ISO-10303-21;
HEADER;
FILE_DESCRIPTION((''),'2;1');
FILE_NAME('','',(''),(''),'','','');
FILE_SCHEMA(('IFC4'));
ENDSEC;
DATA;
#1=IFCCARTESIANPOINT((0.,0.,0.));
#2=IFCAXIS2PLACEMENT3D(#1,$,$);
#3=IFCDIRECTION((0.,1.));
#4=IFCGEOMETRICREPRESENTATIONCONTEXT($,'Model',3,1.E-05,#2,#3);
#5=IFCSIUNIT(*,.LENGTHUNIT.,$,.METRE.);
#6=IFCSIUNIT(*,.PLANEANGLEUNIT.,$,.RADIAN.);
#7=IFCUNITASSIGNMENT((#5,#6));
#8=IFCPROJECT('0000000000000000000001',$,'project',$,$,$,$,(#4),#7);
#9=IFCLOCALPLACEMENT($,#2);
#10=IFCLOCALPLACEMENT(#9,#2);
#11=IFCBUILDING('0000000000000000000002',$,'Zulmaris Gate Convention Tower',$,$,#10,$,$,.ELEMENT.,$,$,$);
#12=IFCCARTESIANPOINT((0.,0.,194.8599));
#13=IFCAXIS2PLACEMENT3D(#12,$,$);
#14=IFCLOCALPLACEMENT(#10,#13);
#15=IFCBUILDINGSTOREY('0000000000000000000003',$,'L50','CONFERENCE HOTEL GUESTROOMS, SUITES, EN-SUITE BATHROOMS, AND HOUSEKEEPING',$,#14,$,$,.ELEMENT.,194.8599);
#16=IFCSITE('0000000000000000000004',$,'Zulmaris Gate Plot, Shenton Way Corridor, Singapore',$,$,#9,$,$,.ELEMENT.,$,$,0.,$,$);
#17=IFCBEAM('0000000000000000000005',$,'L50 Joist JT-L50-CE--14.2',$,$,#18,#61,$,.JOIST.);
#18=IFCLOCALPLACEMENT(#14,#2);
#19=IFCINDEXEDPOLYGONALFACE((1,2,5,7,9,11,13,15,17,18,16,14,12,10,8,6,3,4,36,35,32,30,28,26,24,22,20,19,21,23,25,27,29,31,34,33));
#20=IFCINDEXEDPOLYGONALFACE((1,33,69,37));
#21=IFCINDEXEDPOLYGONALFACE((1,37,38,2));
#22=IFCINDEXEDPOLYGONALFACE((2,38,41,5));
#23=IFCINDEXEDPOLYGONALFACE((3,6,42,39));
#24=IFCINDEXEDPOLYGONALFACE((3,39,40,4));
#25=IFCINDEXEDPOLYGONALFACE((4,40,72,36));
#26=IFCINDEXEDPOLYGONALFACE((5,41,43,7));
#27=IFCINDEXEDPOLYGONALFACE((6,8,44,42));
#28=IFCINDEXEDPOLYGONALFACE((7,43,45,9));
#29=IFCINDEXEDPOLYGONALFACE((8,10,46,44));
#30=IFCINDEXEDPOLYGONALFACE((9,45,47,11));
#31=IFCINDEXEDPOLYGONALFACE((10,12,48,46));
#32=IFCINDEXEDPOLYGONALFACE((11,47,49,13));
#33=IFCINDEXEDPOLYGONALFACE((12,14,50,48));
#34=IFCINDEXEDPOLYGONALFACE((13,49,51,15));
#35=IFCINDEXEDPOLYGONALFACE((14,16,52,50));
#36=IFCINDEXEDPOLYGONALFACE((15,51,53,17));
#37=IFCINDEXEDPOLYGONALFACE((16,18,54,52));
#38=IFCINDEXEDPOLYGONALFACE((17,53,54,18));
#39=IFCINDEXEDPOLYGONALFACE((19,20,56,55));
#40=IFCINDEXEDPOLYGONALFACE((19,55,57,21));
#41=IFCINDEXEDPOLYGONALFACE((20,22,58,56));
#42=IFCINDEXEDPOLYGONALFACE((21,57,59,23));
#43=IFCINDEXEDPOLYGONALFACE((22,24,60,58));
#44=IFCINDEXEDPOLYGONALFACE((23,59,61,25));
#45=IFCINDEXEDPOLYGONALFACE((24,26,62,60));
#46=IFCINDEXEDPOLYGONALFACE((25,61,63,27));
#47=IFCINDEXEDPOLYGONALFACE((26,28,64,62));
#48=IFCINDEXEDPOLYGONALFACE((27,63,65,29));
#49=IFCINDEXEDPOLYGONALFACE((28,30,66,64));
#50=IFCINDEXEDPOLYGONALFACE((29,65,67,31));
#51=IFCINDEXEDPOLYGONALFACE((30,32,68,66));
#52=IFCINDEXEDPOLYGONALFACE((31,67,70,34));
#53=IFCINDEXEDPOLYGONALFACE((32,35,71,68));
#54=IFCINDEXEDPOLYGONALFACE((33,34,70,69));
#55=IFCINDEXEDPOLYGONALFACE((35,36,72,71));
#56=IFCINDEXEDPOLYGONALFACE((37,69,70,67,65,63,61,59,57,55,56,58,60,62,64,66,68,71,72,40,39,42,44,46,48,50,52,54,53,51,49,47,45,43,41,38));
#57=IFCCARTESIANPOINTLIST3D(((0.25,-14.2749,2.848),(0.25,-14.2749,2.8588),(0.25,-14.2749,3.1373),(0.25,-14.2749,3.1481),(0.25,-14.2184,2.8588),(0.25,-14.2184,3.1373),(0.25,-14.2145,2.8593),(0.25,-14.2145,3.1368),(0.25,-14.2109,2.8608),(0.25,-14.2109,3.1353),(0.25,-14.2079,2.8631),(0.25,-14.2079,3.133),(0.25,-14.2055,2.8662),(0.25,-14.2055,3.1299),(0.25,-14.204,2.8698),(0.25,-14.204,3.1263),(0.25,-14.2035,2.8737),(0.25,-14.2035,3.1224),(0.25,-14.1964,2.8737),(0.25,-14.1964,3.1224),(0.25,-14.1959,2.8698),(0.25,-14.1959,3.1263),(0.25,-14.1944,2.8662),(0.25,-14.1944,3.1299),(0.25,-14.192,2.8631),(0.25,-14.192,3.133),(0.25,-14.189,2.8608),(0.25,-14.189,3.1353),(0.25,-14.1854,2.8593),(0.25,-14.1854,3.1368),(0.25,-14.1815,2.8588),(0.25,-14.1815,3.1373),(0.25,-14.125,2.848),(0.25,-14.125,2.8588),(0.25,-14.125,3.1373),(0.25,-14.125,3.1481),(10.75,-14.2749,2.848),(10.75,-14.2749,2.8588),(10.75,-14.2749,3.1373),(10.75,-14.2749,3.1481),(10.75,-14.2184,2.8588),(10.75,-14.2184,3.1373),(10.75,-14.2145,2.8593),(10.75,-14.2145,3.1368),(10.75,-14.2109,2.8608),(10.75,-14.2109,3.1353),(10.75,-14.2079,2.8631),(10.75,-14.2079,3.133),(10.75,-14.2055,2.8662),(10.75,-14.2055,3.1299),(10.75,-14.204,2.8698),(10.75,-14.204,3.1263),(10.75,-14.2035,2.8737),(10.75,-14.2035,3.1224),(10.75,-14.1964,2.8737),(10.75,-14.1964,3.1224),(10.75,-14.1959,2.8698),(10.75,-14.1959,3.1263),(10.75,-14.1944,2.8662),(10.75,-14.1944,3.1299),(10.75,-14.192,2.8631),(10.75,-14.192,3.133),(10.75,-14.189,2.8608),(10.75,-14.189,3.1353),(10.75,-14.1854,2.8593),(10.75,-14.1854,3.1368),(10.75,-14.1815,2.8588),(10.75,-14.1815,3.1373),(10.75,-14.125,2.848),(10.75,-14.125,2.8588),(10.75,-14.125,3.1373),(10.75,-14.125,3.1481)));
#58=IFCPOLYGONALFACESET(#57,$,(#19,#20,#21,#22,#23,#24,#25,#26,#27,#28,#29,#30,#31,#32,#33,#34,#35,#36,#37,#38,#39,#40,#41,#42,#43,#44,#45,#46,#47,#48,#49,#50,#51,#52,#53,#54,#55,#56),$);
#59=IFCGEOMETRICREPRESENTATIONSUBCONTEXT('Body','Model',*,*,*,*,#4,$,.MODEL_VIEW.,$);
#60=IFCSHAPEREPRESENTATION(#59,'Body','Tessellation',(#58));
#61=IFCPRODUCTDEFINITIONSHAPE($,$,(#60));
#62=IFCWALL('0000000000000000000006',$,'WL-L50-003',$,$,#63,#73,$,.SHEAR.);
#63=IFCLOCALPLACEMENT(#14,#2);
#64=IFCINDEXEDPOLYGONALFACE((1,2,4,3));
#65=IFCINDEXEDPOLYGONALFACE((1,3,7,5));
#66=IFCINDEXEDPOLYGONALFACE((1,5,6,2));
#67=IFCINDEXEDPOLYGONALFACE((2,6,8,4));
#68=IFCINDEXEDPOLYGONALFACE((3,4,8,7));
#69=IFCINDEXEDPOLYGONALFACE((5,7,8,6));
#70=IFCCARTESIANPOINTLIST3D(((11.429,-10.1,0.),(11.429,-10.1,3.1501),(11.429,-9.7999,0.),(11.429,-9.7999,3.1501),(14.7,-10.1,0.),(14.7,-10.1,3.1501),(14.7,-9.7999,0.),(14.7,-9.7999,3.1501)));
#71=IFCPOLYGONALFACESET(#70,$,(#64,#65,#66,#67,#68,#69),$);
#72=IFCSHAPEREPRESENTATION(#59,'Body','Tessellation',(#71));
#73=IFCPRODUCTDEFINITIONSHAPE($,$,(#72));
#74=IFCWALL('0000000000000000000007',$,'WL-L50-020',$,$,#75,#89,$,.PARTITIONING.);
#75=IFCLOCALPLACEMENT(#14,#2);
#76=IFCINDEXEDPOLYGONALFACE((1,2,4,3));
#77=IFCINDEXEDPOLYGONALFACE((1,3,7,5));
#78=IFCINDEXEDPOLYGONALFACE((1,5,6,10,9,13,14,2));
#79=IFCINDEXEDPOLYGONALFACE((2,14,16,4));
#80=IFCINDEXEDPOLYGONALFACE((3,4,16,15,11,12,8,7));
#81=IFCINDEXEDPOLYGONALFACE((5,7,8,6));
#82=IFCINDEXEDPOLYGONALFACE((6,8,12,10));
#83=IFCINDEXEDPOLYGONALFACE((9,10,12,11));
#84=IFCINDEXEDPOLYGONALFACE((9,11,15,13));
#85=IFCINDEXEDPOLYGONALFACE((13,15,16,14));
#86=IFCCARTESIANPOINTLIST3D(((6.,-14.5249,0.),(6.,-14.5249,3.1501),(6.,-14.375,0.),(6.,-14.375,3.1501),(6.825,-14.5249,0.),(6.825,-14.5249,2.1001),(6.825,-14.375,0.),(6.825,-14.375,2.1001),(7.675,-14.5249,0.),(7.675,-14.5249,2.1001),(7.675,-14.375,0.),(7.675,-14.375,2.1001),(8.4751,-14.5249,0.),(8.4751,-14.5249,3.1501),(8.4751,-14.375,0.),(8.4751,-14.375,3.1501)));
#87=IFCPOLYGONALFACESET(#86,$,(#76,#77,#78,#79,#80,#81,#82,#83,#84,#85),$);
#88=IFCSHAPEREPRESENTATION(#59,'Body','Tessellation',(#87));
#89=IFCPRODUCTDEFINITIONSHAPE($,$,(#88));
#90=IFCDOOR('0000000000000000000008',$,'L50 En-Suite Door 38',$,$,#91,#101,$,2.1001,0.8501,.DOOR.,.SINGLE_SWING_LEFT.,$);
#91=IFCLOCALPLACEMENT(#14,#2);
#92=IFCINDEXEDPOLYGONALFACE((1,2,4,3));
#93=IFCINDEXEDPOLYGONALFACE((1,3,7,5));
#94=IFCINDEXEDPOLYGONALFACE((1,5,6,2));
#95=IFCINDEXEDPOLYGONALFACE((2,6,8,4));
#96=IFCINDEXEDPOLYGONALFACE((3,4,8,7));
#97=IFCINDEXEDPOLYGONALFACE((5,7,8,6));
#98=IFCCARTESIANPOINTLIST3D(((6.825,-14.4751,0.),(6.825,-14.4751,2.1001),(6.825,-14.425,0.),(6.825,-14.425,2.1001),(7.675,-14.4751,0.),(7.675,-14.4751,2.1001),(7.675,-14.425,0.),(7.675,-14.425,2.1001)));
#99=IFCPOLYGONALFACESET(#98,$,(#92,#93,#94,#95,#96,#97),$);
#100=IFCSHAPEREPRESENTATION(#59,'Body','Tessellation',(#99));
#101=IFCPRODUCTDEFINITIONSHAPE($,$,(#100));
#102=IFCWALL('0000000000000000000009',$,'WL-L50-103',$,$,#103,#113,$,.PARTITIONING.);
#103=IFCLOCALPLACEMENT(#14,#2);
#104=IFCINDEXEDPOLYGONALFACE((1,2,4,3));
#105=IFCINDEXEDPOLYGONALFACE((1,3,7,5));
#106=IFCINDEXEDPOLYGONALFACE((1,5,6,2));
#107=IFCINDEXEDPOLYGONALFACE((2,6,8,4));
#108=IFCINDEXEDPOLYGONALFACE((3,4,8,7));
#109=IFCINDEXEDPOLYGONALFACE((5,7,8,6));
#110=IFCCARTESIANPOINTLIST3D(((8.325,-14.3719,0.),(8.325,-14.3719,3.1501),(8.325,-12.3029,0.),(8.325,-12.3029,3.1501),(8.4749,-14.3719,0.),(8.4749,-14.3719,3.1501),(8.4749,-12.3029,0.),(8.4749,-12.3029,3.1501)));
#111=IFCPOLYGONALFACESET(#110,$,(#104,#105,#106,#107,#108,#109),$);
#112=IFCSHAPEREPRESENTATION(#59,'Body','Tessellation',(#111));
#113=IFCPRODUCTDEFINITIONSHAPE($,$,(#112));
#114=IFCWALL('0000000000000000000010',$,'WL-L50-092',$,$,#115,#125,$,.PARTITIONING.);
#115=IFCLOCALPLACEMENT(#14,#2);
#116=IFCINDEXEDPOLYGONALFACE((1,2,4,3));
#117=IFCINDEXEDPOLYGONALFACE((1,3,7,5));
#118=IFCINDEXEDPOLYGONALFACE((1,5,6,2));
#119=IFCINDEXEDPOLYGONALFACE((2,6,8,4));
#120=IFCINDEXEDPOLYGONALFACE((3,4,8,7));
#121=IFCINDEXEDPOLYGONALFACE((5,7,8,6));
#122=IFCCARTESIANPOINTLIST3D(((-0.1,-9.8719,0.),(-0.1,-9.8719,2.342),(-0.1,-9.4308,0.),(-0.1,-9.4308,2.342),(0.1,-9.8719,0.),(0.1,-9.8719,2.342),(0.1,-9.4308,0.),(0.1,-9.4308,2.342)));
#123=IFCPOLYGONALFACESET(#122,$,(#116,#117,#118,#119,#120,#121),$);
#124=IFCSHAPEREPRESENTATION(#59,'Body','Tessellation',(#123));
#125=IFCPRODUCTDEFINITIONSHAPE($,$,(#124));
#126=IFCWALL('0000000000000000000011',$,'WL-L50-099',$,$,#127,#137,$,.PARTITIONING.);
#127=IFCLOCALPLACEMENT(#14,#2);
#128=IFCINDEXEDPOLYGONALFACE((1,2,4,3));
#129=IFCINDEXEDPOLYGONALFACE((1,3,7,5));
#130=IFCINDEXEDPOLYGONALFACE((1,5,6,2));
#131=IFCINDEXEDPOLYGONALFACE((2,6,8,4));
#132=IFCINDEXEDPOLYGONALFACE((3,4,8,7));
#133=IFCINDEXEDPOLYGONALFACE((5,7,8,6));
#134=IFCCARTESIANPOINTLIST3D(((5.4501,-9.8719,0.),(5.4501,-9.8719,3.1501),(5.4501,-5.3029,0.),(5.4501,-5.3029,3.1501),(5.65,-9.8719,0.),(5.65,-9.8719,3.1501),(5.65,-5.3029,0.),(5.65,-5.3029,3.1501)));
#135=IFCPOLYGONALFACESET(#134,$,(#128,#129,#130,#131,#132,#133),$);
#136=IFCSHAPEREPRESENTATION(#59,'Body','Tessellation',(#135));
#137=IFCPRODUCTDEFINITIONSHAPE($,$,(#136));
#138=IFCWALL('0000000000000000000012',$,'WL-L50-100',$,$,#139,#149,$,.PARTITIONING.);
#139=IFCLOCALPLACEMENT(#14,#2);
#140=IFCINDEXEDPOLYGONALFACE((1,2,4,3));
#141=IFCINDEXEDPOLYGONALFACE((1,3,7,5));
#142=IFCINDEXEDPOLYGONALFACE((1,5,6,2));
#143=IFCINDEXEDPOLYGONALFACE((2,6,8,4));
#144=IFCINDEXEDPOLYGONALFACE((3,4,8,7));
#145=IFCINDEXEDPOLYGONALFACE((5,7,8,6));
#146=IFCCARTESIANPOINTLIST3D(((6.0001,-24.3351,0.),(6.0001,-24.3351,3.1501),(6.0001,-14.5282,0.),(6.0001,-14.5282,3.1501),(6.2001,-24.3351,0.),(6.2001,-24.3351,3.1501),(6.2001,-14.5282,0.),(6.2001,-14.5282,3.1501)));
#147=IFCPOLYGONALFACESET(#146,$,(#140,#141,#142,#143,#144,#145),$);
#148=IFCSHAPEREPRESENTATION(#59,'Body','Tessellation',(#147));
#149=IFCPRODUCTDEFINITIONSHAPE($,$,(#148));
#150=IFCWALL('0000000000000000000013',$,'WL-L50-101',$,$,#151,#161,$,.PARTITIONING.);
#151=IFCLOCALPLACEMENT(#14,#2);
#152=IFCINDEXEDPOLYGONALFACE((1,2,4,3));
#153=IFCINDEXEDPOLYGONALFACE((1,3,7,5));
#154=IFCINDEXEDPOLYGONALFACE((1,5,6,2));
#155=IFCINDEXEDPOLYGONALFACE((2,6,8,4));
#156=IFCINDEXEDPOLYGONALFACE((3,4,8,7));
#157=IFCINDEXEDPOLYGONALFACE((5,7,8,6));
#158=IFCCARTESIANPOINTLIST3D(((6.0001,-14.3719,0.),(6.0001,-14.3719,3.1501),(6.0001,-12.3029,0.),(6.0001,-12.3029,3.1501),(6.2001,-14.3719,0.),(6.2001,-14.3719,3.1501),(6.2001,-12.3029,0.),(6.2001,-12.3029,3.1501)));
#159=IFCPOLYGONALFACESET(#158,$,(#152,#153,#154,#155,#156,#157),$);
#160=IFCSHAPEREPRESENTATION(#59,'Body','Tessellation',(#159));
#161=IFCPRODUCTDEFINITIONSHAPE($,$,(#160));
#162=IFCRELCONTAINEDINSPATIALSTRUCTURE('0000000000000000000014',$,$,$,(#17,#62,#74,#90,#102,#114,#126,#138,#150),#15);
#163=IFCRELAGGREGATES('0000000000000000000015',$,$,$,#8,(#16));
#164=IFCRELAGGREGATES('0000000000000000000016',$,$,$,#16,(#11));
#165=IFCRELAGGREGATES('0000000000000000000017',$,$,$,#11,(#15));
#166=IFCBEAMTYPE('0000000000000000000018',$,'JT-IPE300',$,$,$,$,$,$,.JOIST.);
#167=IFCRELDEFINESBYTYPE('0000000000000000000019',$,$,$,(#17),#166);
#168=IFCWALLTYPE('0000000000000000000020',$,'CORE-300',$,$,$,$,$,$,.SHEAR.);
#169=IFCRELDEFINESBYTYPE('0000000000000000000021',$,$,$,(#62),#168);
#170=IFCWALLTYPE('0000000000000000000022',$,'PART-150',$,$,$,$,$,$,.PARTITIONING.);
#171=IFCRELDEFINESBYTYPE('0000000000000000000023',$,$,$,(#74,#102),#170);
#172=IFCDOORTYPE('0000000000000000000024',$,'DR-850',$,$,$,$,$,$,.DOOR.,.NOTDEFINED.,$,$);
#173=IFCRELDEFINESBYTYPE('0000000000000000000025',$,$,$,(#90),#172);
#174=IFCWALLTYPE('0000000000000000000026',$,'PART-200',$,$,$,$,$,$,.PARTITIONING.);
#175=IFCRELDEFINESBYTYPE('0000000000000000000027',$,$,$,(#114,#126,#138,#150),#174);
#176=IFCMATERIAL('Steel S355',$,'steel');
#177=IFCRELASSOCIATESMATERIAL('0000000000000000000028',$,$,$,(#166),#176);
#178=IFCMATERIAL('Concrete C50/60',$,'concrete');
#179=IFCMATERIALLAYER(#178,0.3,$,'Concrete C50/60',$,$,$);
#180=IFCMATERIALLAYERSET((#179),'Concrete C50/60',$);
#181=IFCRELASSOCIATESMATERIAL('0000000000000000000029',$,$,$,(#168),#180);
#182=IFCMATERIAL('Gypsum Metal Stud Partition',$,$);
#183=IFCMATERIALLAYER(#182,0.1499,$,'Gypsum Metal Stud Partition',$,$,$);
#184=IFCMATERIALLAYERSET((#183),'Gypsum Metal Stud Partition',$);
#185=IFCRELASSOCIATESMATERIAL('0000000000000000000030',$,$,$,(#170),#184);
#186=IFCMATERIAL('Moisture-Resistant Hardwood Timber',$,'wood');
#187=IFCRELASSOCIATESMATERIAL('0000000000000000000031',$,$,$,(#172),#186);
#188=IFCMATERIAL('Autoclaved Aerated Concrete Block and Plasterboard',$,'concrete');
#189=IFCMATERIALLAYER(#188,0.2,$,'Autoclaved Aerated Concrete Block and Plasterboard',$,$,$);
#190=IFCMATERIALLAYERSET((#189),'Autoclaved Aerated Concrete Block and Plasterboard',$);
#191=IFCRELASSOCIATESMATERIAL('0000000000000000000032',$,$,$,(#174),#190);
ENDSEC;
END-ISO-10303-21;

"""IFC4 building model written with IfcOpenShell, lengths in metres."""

from ifc_helpers import new_model, si_unit, direction, frame, frame_2d, origin, origin_2d, place, context, subcontext, project, spatial, rectangle, i_section, extrude, material, layer, layer_set, material_profile, profile_set, type_object, element, fill, save


model = new_model("IFC4")

# Units and contexts
model_context = context("Model", 3, precision=1e-05, world=origin(), true_north=direction((0.0, 1.0)))
body_context = subcontext(model_context, "Body", "Model", "MODEL_VIEW")
ifc_project = project(units=[si_unit("LENGTHUNIT", "METRE"), si_unit("PLANEANGLEUNIT", "RADIAN")], contexts=[model_context])

# Site, building, storey
site_placement = place(None, origin())
site = spatial("IfcSite", under=ifc_project, at=site_placement, Name="Zulmaris Gate Plot, Shenton Way Corridor, Singapore", CompositionType="ELEMENT", RefElevation=0.0)
building_placement = place(site_placement, origin())
building = spatial("IfcBuilding", under=site, at=building_placement, Name="Zulmaris Gate Convention Tower", CompositionType="ELEMENT")
storey_placement = place(building_placement, frame((0.0, 0.0, 194.8599)))
storey = spatial("IfcBuildingStorey", under=building, at=storey_placement, Name="L50", Description="CONFERENCE HOTEL GUESTROOMS, SUITES, EN-SUITE BATHROOMS, AND HOUSEKEEPING", CompositionType="ELEMENT", Elevation=194.8599)

# Beam
ifc_material_1 = material(Name="Steel S355", Category="steel")
ifc_material_2 = material(Name="Concrete C50/60", Category="concrete")
ifc_material_profile_1 = material_profile(ifc_material_1, i_section(OverallWidth=0.1499, OverallDepth=0.3, WebThickness=0.0071, FlangeThickness=0.0107, FilletRadius=0.0149, at=origin_2d()), Name="IPE 300")
ifc_profile_set_1 = profile_set([ifc_material_profile_1], Name="Steel S355")
beam_type_1 = type_object("IfcBeamType", Name="JT-IPE300", PredefinedType="JOIST", material=ifc_profile_set_1)
for number, where, z_axis, x_axis, name in (
    (1, (0.25, -14.2, 2.998), (1.0, 0.0, 0.0), (0.0, 1.0, 0.0), "L50 Joist JT-L50-CE--14.2"),
):
    element("IfcBeam", number, at=place(storey_placement, frame(where, z_axis=z_axis, x_axis=x_axis)), inside=storey, type_object=beam_type_1, Name=name, PredefinedType="JOIST", context=body_context, shape_type="SweptSolid", body=[
        extrude(i_section(OverallWidth=0.1499, OverallDepth=0.3, WebThickness=0.0071, FlangeThickness=0.0107, FilletRadius=0.0149, at=origin_2d()), origin(), (0.0, 0.0, 1.0), 10.5),
    ])

# Wall
ifc_layer_1 = layer(ifc_material_2, 0.3, Name="Concrete C50/60")
ifc_layer_set_1 = layer_set([ifc_layer_1], Name="Concrete C50/60")
wall_type_1 = type_object("IfcWallType", Name="CORE-300", PredefinedType="SHEAR", material=ifc_layer_set_1)
wall_1_placement = place(storey_placement, frame((11.429, -9.95, 0.0), z_axis=(0.0, 0.0, 1.0), x_axis=(1.0, 0.0, 0.0)))
element("IfcWall", 2, at=wall_1_placement, inside=storey, type_object=wall_type_1, Name="WL-L50-003", PredefinedType="SHEAR", context=body_context, shape_type="SweptSolid", body=[
    extrude(rectangle(XDim=3.271, YDim=0.3, at=frame_2d((1.6355, 0.0))), origin(), (0.0, 0.0, 1.0), 3.1501),
])

# Wall, opening, door
ifc_material_3 = material(Name="Gypsum Metal Stud Partition")
ifc_layer_2 = layer(ifc_material_3, 0.1499, Name="Gypsum Metal Stud Partition")
ifc_layer_set_2 = layer_set([ifc_layer_2], Name="Gypsum Metal Stud Partition")
wall_type_2 = type_object("IfcWallType", Name="PART-150", PredefinedType="PARTITIONING", material=ifc_layer_set_2)
wall_2_placement = place(storey_placement, frame((6.0, -14.45, 0.0), z_axis=(0.0, 0.0, 1.0), x_axis=(1.0, 0.0, 0.0)))
wall_2 = element("IfcWall", 3, at=wall_2_placement, inside=storey, type_object=wall_type_2, Name="WL-L50-020", PredefinedType="PARTITIONING", context=body_context, shape_type="SweptSolid", body=[
    extrude(rectangle(XDim=2.4751, YDim=0.1499, at=frame_2d((1.2375, 0.0))), origin(), (0.0, 0.0, 1.0), 3.1501),
])
opening_1_placement = place(wall_2_placement, frame((0.825, 0.0, 0.0)))
opening_1 = element("IfcOpeningElement", 4, at=opening_1_placement, cuts=wall_2, PredefinedType="OPENING", context=body_context, shape_type="SweptSolid", body=[
    extrude(rectangle(XDim=0.8501, YDim=2.1001, at=frame_2d((0.425, 1.05))), frame((0.0, 0.085, 0.0), z_axis=(0.0, -1.0, 0.0), x_axis=(1.0, 0.0, 0.0)), (0.0, 0.0, 1.0), 0.1699),
])
ifc_material_4 = material(Name="Moisture-Resistant Hardwood Timber", Category="wood")
door_type = type_object("IfcDoorType", Name="DR-850", OperationType="NOTDEFINED", PredefinedType="DOOR", material=ifc_material_4)
door_placement = place(opening_1_placement, origin())
door = element("IfcDoor", 5, at=door_placement, inside=storey, type_object=door_type, Name="L50 En-Suite Door 38", OperationType="SINGLE_SWING_LEFT", OverallHeight=2.1001, OverallWidth=0.8501, PredefinedType="DOOR", context=body_context, shape_type="SweptSolid", body=[
    extrude(rectangle(XDim=0.8501, YDim=2.1001, at=frame_2d((0.425, 1.05))), frame((0.0, 0.0249, 0.0), z_axis=(0.0, -1.0, 0.0), x_axis=(1.0, 0.0, 0.0)), (0.0, 0.0, 1.0), 0.05),
])
fill(opening_1, door)

# Walls
wall_3_placement = place(storey_placement, frame((8.3999, -14.3721, 0.0), z_axis=(0.0, 0.0, 1.0), x_axis=(0.0, 1.0, 0.0)))
element("IfcWall", 6, at=wall_3_placement, inside=storey, type_object=wall_type_2, Name="WL-L50-103", PredefinedType="PARTITIONING", context=body_context, shape_type="SweptSolid", body=[
    extrude(rectangle(XDim=2.0691, YDim=0.1499, at=frame_2d((1.0347, 0.0))), origin(), (0.0, 0.0, 1.0), 3.1501),
])
ifc_material_5 = material(Name="Autoclaved Aerated Concrete Block and Plasterboard", Category="concrete")
ifc_layer_3 = layer(ifc_material_5, 0.2, Name="Autoclaved Aerated Concrete Block and Plasterboard")
ifc_layer_set_3 = layer_set([ifc_layer_3], Name="Autoclaved Aerated Concrete Block and Plasterboard")
wall_type_3 = type_object("IfcWallType", Name="PART-200", PredefinedType="PARTITIONING", material=ifc_layer_set_3)
wall_4_placement = place(storey_placement, frame((0.0, -9.8721, 0.0), z_axis=(0.0, 0.0, 1.0), x_axis=(0.0, 1.0, 0.0)))
element("IfcWall", 7, at=wall_4_placement, inside=storey, type_object=wall_type_3, Name="WL-L50-092", PredefinedType="PARTITIONING", context=body_context, shape_type="SweptSolid", body=[
    extrude(rectangle(XDim=0.4412, YDim=0.2, at=frame_2d((0.2207, 0.0))), origin(), (0.0, 0.0, 1.0), 2.342),
])
wall_5_placement = place(storey_placement, frame((5.55, -9.8721, 0.0), z_axis=(0.0, 0.0, 1.0), x_axis=(0.0, 1.0, 0.0)))
element("IfcWall", 8, at=wall_5_placement, inside=storey, type_object=wall_type_3, Name="WL-L50-099", PredefinedType="PARTITIONING", context=body_context, shape_type="SweptSolid", body=[
    extrude(rectangle(XDim=4.5691, YDim=0.2, at=frame_2d((2.2847, 0.0))), origin(), (0.0, 0.0, 1.0), 3.1501),
])
wall_6_placement = place(storey_placement, frame((6.1001, -24.335, 0.0), z_axis=(0.0, 0.0, 1.0), x_axis=(0.0, 1.0, 0.0)))
element("IfcWall", 9, at=wall_6_placement, inside=storey, type_object=wall_type_3, Name="WL-L50-100", PredefinedType="PARTITIONING", context=body_context, shape_type="SweptSolid", body=[
    extrude(rectangle(XDim=9.8069, YDim=0.2, at=frame_2d((4.9033, 0.0))), origin(), (0.0, 0.0, 1.0), 3.1501),
])
wall_7_placement = place(storey_placement, frame((6.1001, -14.3721, 0.0), z_axis=(0.0, 0.0, 1.0), x_axis=(0.0, 1.0, 0.0)))
element("IfcWall", 10, at=wall_7_placement, inside=storey, type_object=wall_type_3, Name="WL-L50-101", PredefinedType="PARTITIONING", context=body_context, shape_type="SweptSolid", body=[
    extrude(rectangle(XDim=2.0691, YDim=0.2, at=frame_2d((1.0347, 0.0))), origin(), (0.0, 0.0, 1.0), 3.1501),
])

save(model, "model.ifc")
